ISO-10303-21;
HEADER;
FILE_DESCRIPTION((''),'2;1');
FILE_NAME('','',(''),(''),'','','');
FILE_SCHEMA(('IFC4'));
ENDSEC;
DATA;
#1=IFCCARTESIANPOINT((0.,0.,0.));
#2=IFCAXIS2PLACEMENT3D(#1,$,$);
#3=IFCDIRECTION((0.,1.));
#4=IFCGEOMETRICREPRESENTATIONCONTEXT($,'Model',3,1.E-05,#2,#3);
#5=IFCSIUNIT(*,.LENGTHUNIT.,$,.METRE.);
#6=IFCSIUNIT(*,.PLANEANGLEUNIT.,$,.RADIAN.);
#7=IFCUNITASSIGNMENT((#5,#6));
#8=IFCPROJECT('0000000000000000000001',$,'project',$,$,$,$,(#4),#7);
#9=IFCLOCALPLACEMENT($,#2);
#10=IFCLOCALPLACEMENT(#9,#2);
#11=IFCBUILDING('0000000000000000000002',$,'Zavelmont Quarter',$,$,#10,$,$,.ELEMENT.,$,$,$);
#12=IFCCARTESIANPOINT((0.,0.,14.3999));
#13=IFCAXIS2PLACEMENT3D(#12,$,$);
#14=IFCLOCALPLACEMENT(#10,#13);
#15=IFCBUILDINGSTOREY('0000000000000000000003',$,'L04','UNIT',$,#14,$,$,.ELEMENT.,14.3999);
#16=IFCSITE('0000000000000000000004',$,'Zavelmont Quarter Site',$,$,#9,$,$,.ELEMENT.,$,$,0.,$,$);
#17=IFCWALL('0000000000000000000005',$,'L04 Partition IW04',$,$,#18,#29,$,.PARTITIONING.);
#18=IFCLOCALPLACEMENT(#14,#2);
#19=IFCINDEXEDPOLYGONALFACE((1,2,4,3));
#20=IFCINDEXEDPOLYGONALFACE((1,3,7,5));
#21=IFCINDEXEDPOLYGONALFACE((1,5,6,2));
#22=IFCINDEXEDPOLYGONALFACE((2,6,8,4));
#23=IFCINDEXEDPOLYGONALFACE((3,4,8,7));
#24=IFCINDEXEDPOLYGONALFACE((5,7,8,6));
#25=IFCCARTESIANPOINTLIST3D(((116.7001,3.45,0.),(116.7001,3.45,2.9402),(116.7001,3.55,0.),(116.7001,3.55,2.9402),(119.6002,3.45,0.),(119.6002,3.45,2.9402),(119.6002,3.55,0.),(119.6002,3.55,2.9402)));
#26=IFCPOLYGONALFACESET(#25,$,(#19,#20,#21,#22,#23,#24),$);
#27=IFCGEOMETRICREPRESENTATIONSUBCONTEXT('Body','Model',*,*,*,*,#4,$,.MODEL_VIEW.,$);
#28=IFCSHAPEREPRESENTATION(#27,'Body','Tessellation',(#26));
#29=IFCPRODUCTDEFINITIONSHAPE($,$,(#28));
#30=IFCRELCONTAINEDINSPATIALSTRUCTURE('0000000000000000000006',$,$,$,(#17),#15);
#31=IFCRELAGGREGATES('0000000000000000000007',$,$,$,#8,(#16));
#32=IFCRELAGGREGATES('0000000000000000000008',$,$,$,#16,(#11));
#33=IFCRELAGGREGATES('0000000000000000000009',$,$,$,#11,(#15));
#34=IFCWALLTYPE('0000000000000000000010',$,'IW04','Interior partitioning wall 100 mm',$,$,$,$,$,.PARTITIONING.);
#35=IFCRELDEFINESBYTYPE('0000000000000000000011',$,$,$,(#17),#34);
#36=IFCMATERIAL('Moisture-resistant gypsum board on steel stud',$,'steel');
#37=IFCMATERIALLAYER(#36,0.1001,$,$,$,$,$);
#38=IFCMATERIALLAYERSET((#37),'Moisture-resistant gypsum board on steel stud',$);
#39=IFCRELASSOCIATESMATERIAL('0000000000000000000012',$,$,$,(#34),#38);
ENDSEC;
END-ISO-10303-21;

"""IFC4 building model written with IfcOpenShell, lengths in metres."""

from ifc_helpers import new_model, si_unit, direction, frame, frame_2d, origin, place, context, subcontext, project, spatial, rectangle, extrude, material, layer, layer_set, type_object, element, save


model = new_model("IFC4")

# Units and contexts
model_context = context("Model", 3, precision=1e-05, world=origin(), true_north=direction((0.0, 1.0)))
body_context = subcontext(model_context, "Body", "Model", "MODEL_VIEW")
ifc_project = project(units=[si_unit("LENGTHUNIT", "METRE"), si_unit("PLANEANGLEUNIT", "RADIAN")], contexts=[model_context])

# Site, building, storey
site_placement = place(None, origin())
site = spatial("IfcSite", under=ifc_project, at=site_placement, Name="Zavelmont Quarter Site", CompositionType="ELEMENT", RefElevation=0.0)
building_placement = place(site_placement, origin())
building = spatial("IfcBuilding", under=site, at=building_placement, Name="Zavelmont Quarter", CompositionType="ELEMENT")
storey_placement = place(building_placement, frame((0.0, 0.0, 14.3999)))
storey = spatial("IfcBuildingStorey", under=building, at=storey_placement, Name="L04", Description="UNIT", CompositionType="ELEMENT", Elevation=14.3999)

# Wall
ifc_material_1 = material(Name="Moisture-resistant gypsum board on steel stud", Category="steel")
ifc_layer_1 = layer(ifc_material_1, 0.1001)
ifc_layer_set_1 = layer_set([ifc_layer_1], Name="Moisture-resistant gypsum board on steel stud")
wall_type_1 = type_object("IfcWallType", Name="IW04", Description="Interior partitioning wall 100 mm", PredefinedType="PARTITIONING", material=ifc_layer_set_1)
for number, where, z_axis, x_axis, name in (
    (1, (116.7, 3.5, 0.0), (0.0, 0.0, 1.0), (1.0, 0.0, 0.0), "L04 Partition IW04"),
):
    element("IfcWall", number, at=place(storey_placement, frame(where, z_axis=z_axis, x_axis=x_axis)), inside=storey, type_object=wall_type_1, Name=name, PredefinedType="PARTITIONING", context=body_context, shape_type="SweptSolid", body=[
        extrude(rectangle(XDim=2.9001, YDim=0.1001, at=frame_2d((1.4502, 0.0))), origin(), (0.0, 0.0, 1.0), 2.9402),
    ])

save(model, "model.ifc")
